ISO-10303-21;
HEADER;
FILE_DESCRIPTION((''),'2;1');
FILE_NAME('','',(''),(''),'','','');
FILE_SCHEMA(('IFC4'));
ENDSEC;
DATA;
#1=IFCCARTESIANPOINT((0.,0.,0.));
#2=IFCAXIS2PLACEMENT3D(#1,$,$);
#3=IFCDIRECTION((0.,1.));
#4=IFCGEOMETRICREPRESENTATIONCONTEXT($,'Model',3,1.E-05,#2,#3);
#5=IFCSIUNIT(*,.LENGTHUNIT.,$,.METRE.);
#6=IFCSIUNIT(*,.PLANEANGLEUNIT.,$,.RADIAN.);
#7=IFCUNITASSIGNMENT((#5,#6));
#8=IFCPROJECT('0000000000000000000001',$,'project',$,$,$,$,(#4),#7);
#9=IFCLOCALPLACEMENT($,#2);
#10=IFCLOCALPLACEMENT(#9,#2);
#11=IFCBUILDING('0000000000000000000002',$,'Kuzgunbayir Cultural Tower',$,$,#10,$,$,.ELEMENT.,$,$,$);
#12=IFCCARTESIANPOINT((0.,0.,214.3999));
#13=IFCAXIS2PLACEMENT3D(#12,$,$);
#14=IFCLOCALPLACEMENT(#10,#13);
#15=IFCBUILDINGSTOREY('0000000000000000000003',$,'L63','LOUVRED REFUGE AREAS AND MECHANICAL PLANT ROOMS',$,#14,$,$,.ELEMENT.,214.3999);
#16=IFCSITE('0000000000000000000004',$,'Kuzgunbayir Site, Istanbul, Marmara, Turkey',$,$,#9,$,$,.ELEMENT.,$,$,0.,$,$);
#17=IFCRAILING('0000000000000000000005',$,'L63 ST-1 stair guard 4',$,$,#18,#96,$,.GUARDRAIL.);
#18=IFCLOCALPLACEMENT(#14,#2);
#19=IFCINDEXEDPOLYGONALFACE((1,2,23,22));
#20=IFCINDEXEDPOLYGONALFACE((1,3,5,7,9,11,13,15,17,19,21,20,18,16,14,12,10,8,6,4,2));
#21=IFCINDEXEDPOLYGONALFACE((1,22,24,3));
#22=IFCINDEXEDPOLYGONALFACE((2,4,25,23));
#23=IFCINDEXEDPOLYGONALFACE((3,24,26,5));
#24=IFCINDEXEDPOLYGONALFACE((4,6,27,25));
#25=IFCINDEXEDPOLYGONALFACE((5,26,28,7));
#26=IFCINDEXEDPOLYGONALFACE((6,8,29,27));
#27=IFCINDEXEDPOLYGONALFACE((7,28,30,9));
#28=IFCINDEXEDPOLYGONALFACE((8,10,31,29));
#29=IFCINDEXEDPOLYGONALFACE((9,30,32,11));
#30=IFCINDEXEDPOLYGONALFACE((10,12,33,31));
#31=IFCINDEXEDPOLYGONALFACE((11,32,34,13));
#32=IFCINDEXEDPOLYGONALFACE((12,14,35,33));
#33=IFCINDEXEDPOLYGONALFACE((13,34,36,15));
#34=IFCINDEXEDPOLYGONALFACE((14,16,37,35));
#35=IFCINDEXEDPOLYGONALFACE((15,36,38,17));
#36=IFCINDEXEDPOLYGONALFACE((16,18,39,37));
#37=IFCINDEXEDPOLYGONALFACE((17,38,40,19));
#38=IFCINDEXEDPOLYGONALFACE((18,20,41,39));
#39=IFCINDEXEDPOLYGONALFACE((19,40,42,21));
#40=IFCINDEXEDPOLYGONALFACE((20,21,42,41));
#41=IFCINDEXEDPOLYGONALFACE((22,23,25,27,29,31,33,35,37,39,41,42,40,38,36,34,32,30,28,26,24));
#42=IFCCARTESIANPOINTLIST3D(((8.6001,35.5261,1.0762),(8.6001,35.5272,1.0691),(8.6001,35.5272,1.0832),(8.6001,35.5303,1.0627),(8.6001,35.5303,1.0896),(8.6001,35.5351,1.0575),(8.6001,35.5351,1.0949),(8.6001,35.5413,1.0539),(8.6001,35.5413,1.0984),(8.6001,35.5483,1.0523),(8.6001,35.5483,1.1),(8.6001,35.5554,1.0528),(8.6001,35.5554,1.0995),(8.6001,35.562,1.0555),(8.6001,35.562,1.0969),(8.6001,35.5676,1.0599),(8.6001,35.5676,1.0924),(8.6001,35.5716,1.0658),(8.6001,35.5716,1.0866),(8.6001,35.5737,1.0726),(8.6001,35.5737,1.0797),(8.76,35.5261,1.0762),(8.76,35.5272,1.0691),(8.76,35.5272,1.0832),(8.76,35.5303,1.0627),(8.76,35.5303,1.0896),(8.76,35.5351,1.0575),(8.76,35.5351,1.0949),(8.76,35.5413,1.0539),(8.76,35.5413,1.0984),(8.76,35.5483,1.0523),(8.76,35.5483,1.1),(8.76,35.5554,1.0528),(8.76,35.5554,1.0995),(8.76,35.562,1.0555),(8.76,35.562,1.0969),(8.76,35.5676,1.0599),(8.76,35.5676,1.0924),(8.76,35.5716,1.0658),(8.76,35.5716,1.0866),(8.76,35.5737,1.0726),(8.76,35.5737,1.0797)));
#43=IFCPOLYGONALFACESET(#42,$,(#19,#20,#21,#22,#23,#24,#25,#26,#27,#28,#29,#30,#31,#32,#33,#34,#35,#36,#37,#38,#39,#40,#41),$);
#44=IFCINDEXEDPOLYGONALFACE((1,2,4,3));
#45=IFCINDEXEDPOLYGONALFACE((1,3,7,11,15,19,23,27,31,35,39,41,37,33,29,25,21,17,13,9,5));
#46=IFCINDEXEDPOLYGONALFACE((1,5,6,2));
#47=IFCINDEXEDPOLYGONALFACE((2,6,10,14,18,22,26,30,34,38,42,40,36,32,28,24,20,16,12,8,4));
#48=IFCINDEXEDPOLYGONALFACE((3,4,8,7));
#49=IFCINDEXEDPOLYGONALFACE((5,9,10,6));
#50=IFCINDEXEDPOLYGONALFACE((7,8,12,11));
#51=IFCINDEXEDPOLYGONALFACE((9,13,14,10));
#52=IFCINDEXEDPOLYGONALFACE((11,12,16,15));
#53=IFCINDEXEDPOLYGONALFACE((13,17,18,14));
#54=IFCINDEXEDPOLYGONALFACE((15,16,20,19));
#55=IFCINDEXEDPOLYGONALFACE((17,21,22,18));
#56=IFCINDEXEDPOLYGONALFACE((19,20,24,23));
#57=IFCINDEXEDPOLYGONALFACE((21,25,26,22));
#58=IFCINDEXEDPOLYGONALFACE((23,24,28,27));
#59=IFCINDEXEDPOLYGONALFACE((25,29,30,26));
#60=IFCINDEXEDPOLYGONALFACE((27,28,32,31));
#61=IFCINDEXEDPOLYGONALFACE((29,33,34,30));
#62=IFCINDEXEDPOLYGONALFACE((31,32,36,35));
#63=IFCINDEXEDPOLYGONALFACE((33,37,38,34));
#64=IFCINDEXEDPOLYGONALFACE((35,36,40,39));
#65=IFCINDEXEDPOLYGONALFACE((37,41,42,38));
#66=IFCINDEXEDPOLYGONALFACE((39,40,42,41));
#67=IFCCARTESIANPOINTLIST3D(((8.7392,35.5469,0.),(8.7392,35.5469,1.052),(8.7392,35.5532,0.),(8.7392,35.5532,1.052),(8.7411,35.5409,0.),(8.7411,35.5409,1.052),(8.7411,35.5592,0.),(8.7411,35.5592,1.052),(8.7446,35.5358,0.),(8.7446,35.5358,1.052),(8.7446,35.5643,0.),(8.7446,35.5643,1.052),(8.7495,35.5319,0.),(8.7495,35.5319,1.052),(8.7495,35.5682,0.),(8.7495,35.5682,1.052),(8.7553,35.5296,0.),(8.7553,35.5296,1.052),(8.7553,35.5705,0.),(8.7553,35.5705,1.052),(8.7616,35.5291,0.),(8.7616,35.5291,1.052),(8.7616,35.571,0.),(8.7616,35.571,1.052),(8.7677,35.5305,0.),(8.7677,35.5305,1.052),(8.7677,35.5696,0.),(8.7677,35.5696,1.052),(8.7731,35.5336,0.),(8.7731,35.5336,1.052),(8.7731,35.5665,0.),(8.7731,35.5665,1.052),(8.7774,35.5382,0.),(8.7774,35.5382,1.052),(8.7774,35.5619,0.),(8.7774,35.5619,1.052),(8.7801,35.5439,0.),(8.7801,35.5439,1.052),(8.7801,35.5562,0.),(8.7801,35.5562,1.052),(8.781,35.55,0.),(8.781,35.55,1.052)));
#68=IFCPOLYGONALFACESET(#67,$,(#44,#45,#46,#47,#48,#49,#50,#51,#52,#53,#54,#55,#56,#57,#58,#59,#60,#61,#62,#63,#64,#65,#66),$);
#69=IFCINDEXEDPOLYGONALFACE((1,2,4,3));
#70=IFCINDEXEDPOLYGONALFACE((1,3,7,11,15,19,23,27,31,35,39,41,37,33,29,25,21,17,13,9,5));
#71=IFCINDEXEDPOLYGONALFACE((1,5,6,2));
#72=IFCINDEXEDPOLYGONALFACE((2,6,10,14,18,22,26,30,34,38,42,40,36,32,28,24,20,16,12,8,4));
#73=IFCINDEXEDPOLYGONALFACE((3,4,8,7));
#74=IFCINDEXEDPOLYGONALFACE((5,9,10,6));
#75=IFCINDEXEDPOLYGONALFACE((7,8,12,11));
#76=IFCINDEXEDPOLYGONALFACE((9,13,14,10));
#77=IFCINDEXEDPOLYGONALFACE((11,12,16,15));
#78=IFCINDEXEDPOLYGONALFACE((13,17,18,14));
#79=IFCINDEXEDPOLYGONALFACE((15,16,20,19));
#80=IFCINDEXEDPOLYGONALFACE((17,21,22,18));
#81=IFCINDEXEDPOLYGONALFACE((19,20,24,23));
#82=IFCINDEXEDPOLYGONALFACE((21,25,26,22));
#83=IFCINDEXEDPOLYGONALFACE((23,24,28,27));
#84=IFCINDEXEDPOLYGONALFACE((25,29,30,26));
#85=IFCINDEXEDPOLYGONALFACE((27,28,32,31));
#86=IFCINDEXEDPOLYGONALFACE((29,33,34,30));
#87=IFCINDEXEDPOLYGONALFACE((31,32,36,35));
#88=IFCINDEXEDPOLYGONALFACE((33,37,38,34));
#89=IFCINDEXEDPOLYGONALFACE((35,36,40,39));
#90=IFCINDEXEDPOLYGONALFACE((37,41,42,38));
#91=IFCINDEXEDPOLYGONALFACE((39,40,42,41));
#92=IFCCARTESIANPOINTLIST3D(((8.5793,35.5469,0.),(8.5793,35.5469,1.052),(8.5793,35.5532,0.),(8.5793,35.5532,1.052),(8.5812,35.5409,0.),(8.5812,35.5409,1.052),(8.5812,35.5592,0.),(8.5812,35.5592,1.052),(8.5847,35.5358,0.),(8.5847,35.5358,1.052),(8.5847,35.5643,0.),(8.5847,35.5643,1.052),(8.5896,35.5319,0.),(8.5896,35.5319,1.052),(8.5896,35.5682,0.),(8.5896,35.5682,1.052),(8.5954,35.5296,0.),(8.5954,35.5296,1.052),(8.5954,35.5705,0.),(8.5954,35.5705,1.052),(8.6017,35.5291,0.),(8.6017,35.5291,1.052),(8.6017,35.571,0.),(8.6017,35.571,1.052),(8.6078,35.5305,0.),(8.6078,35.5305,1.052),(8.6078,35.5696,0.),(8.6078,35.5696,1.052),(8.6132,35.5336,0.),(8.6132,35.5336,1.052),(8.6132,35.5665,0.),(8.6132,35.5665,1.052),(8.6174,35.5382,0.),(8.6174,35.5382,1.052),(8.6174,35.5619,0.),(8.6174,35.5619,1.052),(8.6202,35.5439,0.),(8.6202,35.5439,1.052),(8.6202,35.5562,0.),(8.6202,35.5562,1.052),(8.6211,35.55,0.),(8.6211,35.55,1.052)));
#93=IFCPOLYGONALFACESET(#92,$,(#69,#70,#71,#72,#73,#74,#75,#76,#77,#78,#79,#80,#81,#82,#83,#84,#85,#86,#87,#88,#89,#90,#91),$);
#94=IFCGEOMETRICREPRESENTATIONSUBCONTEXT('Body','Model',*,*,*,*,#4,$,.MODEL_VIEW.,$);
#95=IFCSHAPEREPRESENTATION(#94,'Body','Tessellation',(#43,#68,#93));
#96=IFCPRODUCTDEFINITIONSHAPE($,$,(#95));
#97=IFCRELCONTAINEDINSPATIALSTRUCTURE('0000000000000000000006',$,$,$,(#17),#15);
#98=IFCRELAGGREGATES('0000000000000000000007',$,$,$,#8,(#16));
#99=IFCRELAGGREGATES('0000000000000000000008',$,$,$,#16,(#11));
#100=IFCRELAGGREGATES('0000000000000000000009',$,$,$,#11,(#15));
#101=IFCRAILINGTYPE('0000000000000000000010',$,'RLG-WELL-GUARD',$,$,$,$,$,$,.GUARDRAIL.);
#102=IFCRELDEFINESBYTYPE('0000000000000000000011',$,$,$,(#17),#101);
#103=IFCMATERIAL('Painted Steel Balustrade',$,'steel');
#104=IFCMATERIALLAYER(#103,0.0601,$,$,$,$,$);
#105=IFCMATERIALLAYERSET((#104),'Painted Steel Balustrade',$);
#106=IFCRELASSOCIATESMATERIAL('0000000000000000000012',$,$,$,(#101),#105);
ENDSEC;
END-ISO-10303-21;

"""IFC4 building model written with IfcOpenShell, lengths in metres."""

from ifc_helpers import new_model, si_unit, direction, frame, origin, origin_2d, place, context, subcontext, project, spatial, circle, extrude, material, layer, layer_set, type_object, element, save


model = new_model("IFC4")

# Units and contexts
model_context = context("Model", 3, precision=1e-05, world=origin(), true_north=direction((0.0, 1.0)))
body_context = subcontext(model_context, "Body", "Model", "MODEL_VIEW")
ifc_project = project(units=[si_unit("LENGTHUNIT", "METRE"), si_unit("PLANEANGLEUNIT", "RADIAN")], contexts=[model_context])

# Site, building, storey
site_placement = place(None, origin())
site = spatial("IfcSite", under=ifc_project, at=site_placement, Name="Kuzgunbayir Site, Istanbul, Marmara, Turkey", CompositionType="ELEMENT", RefElevation=0.0)
building_placement = place(site_placement, origin())
building = spatial("IfcBuilding", under=site, at=building_placement, Name="Kuzgunbayir Cultural Tower", CompositionType="ELEMENT")
storey_placement = place(building_placement, frame((0.0, 0.0, 214.3999)))
storey = spatial("IfcBuildingStorey", under=building, at=storey_placement, Name="L63", Description="LOUVRED REFUGE AREAS AND MECHANICAL PLANT ROOMS", CompositionType="ELEMENT", Elevation=214.3999)

# Railing
ifc_material_1 = material(Name="Painted Steel Balustrade", Category="steel")
ifc_layer_1 = layer(ifc_material_1, 0.0601)
ifc_layer_set_1 = layer_set([ifc_layer_1], Name="Painted Steel Balustrade")
railing_type_1 = type_object("IfcRailingType", Name="RLG-WELL-GUARD", PredefinedType="GUARDRAIL", material=ifc_layer_set_1)
railing_1_placement = place(storey_placement, frame((8.76, 35.55, 0.0)))
element("IfcRailing", 1, at=railing_1_placement, inside=storey, type_object=railing_type_1, Name="L63 ST-1 stair guard 4", PredefinedType="GUARDRAIL", context=body_context, shape_type="SweptSolid", body=[
    extrude(circle(Radius=0.0239, at=origin_2d()), frame((0.0, 0.0, 1.0762), z_axis=(-1.0, 0.0, 0.0), x_axis=(0.0, -1.0, 0.0)), (0.0, 0.0, 1.0), 0.1599),
    extrude(circle(Radius=0.021, at=origin_2d()), origin(), (0.0, 0.0, 1.0), 1.052),
    extrude(circle(Radius=0.021, at=origin_2d()), frame((-0.1599, 0.0, 0.0)), (0.0, 0.0, 1.0), 1.052),
])

save(model, "model.ifc")
